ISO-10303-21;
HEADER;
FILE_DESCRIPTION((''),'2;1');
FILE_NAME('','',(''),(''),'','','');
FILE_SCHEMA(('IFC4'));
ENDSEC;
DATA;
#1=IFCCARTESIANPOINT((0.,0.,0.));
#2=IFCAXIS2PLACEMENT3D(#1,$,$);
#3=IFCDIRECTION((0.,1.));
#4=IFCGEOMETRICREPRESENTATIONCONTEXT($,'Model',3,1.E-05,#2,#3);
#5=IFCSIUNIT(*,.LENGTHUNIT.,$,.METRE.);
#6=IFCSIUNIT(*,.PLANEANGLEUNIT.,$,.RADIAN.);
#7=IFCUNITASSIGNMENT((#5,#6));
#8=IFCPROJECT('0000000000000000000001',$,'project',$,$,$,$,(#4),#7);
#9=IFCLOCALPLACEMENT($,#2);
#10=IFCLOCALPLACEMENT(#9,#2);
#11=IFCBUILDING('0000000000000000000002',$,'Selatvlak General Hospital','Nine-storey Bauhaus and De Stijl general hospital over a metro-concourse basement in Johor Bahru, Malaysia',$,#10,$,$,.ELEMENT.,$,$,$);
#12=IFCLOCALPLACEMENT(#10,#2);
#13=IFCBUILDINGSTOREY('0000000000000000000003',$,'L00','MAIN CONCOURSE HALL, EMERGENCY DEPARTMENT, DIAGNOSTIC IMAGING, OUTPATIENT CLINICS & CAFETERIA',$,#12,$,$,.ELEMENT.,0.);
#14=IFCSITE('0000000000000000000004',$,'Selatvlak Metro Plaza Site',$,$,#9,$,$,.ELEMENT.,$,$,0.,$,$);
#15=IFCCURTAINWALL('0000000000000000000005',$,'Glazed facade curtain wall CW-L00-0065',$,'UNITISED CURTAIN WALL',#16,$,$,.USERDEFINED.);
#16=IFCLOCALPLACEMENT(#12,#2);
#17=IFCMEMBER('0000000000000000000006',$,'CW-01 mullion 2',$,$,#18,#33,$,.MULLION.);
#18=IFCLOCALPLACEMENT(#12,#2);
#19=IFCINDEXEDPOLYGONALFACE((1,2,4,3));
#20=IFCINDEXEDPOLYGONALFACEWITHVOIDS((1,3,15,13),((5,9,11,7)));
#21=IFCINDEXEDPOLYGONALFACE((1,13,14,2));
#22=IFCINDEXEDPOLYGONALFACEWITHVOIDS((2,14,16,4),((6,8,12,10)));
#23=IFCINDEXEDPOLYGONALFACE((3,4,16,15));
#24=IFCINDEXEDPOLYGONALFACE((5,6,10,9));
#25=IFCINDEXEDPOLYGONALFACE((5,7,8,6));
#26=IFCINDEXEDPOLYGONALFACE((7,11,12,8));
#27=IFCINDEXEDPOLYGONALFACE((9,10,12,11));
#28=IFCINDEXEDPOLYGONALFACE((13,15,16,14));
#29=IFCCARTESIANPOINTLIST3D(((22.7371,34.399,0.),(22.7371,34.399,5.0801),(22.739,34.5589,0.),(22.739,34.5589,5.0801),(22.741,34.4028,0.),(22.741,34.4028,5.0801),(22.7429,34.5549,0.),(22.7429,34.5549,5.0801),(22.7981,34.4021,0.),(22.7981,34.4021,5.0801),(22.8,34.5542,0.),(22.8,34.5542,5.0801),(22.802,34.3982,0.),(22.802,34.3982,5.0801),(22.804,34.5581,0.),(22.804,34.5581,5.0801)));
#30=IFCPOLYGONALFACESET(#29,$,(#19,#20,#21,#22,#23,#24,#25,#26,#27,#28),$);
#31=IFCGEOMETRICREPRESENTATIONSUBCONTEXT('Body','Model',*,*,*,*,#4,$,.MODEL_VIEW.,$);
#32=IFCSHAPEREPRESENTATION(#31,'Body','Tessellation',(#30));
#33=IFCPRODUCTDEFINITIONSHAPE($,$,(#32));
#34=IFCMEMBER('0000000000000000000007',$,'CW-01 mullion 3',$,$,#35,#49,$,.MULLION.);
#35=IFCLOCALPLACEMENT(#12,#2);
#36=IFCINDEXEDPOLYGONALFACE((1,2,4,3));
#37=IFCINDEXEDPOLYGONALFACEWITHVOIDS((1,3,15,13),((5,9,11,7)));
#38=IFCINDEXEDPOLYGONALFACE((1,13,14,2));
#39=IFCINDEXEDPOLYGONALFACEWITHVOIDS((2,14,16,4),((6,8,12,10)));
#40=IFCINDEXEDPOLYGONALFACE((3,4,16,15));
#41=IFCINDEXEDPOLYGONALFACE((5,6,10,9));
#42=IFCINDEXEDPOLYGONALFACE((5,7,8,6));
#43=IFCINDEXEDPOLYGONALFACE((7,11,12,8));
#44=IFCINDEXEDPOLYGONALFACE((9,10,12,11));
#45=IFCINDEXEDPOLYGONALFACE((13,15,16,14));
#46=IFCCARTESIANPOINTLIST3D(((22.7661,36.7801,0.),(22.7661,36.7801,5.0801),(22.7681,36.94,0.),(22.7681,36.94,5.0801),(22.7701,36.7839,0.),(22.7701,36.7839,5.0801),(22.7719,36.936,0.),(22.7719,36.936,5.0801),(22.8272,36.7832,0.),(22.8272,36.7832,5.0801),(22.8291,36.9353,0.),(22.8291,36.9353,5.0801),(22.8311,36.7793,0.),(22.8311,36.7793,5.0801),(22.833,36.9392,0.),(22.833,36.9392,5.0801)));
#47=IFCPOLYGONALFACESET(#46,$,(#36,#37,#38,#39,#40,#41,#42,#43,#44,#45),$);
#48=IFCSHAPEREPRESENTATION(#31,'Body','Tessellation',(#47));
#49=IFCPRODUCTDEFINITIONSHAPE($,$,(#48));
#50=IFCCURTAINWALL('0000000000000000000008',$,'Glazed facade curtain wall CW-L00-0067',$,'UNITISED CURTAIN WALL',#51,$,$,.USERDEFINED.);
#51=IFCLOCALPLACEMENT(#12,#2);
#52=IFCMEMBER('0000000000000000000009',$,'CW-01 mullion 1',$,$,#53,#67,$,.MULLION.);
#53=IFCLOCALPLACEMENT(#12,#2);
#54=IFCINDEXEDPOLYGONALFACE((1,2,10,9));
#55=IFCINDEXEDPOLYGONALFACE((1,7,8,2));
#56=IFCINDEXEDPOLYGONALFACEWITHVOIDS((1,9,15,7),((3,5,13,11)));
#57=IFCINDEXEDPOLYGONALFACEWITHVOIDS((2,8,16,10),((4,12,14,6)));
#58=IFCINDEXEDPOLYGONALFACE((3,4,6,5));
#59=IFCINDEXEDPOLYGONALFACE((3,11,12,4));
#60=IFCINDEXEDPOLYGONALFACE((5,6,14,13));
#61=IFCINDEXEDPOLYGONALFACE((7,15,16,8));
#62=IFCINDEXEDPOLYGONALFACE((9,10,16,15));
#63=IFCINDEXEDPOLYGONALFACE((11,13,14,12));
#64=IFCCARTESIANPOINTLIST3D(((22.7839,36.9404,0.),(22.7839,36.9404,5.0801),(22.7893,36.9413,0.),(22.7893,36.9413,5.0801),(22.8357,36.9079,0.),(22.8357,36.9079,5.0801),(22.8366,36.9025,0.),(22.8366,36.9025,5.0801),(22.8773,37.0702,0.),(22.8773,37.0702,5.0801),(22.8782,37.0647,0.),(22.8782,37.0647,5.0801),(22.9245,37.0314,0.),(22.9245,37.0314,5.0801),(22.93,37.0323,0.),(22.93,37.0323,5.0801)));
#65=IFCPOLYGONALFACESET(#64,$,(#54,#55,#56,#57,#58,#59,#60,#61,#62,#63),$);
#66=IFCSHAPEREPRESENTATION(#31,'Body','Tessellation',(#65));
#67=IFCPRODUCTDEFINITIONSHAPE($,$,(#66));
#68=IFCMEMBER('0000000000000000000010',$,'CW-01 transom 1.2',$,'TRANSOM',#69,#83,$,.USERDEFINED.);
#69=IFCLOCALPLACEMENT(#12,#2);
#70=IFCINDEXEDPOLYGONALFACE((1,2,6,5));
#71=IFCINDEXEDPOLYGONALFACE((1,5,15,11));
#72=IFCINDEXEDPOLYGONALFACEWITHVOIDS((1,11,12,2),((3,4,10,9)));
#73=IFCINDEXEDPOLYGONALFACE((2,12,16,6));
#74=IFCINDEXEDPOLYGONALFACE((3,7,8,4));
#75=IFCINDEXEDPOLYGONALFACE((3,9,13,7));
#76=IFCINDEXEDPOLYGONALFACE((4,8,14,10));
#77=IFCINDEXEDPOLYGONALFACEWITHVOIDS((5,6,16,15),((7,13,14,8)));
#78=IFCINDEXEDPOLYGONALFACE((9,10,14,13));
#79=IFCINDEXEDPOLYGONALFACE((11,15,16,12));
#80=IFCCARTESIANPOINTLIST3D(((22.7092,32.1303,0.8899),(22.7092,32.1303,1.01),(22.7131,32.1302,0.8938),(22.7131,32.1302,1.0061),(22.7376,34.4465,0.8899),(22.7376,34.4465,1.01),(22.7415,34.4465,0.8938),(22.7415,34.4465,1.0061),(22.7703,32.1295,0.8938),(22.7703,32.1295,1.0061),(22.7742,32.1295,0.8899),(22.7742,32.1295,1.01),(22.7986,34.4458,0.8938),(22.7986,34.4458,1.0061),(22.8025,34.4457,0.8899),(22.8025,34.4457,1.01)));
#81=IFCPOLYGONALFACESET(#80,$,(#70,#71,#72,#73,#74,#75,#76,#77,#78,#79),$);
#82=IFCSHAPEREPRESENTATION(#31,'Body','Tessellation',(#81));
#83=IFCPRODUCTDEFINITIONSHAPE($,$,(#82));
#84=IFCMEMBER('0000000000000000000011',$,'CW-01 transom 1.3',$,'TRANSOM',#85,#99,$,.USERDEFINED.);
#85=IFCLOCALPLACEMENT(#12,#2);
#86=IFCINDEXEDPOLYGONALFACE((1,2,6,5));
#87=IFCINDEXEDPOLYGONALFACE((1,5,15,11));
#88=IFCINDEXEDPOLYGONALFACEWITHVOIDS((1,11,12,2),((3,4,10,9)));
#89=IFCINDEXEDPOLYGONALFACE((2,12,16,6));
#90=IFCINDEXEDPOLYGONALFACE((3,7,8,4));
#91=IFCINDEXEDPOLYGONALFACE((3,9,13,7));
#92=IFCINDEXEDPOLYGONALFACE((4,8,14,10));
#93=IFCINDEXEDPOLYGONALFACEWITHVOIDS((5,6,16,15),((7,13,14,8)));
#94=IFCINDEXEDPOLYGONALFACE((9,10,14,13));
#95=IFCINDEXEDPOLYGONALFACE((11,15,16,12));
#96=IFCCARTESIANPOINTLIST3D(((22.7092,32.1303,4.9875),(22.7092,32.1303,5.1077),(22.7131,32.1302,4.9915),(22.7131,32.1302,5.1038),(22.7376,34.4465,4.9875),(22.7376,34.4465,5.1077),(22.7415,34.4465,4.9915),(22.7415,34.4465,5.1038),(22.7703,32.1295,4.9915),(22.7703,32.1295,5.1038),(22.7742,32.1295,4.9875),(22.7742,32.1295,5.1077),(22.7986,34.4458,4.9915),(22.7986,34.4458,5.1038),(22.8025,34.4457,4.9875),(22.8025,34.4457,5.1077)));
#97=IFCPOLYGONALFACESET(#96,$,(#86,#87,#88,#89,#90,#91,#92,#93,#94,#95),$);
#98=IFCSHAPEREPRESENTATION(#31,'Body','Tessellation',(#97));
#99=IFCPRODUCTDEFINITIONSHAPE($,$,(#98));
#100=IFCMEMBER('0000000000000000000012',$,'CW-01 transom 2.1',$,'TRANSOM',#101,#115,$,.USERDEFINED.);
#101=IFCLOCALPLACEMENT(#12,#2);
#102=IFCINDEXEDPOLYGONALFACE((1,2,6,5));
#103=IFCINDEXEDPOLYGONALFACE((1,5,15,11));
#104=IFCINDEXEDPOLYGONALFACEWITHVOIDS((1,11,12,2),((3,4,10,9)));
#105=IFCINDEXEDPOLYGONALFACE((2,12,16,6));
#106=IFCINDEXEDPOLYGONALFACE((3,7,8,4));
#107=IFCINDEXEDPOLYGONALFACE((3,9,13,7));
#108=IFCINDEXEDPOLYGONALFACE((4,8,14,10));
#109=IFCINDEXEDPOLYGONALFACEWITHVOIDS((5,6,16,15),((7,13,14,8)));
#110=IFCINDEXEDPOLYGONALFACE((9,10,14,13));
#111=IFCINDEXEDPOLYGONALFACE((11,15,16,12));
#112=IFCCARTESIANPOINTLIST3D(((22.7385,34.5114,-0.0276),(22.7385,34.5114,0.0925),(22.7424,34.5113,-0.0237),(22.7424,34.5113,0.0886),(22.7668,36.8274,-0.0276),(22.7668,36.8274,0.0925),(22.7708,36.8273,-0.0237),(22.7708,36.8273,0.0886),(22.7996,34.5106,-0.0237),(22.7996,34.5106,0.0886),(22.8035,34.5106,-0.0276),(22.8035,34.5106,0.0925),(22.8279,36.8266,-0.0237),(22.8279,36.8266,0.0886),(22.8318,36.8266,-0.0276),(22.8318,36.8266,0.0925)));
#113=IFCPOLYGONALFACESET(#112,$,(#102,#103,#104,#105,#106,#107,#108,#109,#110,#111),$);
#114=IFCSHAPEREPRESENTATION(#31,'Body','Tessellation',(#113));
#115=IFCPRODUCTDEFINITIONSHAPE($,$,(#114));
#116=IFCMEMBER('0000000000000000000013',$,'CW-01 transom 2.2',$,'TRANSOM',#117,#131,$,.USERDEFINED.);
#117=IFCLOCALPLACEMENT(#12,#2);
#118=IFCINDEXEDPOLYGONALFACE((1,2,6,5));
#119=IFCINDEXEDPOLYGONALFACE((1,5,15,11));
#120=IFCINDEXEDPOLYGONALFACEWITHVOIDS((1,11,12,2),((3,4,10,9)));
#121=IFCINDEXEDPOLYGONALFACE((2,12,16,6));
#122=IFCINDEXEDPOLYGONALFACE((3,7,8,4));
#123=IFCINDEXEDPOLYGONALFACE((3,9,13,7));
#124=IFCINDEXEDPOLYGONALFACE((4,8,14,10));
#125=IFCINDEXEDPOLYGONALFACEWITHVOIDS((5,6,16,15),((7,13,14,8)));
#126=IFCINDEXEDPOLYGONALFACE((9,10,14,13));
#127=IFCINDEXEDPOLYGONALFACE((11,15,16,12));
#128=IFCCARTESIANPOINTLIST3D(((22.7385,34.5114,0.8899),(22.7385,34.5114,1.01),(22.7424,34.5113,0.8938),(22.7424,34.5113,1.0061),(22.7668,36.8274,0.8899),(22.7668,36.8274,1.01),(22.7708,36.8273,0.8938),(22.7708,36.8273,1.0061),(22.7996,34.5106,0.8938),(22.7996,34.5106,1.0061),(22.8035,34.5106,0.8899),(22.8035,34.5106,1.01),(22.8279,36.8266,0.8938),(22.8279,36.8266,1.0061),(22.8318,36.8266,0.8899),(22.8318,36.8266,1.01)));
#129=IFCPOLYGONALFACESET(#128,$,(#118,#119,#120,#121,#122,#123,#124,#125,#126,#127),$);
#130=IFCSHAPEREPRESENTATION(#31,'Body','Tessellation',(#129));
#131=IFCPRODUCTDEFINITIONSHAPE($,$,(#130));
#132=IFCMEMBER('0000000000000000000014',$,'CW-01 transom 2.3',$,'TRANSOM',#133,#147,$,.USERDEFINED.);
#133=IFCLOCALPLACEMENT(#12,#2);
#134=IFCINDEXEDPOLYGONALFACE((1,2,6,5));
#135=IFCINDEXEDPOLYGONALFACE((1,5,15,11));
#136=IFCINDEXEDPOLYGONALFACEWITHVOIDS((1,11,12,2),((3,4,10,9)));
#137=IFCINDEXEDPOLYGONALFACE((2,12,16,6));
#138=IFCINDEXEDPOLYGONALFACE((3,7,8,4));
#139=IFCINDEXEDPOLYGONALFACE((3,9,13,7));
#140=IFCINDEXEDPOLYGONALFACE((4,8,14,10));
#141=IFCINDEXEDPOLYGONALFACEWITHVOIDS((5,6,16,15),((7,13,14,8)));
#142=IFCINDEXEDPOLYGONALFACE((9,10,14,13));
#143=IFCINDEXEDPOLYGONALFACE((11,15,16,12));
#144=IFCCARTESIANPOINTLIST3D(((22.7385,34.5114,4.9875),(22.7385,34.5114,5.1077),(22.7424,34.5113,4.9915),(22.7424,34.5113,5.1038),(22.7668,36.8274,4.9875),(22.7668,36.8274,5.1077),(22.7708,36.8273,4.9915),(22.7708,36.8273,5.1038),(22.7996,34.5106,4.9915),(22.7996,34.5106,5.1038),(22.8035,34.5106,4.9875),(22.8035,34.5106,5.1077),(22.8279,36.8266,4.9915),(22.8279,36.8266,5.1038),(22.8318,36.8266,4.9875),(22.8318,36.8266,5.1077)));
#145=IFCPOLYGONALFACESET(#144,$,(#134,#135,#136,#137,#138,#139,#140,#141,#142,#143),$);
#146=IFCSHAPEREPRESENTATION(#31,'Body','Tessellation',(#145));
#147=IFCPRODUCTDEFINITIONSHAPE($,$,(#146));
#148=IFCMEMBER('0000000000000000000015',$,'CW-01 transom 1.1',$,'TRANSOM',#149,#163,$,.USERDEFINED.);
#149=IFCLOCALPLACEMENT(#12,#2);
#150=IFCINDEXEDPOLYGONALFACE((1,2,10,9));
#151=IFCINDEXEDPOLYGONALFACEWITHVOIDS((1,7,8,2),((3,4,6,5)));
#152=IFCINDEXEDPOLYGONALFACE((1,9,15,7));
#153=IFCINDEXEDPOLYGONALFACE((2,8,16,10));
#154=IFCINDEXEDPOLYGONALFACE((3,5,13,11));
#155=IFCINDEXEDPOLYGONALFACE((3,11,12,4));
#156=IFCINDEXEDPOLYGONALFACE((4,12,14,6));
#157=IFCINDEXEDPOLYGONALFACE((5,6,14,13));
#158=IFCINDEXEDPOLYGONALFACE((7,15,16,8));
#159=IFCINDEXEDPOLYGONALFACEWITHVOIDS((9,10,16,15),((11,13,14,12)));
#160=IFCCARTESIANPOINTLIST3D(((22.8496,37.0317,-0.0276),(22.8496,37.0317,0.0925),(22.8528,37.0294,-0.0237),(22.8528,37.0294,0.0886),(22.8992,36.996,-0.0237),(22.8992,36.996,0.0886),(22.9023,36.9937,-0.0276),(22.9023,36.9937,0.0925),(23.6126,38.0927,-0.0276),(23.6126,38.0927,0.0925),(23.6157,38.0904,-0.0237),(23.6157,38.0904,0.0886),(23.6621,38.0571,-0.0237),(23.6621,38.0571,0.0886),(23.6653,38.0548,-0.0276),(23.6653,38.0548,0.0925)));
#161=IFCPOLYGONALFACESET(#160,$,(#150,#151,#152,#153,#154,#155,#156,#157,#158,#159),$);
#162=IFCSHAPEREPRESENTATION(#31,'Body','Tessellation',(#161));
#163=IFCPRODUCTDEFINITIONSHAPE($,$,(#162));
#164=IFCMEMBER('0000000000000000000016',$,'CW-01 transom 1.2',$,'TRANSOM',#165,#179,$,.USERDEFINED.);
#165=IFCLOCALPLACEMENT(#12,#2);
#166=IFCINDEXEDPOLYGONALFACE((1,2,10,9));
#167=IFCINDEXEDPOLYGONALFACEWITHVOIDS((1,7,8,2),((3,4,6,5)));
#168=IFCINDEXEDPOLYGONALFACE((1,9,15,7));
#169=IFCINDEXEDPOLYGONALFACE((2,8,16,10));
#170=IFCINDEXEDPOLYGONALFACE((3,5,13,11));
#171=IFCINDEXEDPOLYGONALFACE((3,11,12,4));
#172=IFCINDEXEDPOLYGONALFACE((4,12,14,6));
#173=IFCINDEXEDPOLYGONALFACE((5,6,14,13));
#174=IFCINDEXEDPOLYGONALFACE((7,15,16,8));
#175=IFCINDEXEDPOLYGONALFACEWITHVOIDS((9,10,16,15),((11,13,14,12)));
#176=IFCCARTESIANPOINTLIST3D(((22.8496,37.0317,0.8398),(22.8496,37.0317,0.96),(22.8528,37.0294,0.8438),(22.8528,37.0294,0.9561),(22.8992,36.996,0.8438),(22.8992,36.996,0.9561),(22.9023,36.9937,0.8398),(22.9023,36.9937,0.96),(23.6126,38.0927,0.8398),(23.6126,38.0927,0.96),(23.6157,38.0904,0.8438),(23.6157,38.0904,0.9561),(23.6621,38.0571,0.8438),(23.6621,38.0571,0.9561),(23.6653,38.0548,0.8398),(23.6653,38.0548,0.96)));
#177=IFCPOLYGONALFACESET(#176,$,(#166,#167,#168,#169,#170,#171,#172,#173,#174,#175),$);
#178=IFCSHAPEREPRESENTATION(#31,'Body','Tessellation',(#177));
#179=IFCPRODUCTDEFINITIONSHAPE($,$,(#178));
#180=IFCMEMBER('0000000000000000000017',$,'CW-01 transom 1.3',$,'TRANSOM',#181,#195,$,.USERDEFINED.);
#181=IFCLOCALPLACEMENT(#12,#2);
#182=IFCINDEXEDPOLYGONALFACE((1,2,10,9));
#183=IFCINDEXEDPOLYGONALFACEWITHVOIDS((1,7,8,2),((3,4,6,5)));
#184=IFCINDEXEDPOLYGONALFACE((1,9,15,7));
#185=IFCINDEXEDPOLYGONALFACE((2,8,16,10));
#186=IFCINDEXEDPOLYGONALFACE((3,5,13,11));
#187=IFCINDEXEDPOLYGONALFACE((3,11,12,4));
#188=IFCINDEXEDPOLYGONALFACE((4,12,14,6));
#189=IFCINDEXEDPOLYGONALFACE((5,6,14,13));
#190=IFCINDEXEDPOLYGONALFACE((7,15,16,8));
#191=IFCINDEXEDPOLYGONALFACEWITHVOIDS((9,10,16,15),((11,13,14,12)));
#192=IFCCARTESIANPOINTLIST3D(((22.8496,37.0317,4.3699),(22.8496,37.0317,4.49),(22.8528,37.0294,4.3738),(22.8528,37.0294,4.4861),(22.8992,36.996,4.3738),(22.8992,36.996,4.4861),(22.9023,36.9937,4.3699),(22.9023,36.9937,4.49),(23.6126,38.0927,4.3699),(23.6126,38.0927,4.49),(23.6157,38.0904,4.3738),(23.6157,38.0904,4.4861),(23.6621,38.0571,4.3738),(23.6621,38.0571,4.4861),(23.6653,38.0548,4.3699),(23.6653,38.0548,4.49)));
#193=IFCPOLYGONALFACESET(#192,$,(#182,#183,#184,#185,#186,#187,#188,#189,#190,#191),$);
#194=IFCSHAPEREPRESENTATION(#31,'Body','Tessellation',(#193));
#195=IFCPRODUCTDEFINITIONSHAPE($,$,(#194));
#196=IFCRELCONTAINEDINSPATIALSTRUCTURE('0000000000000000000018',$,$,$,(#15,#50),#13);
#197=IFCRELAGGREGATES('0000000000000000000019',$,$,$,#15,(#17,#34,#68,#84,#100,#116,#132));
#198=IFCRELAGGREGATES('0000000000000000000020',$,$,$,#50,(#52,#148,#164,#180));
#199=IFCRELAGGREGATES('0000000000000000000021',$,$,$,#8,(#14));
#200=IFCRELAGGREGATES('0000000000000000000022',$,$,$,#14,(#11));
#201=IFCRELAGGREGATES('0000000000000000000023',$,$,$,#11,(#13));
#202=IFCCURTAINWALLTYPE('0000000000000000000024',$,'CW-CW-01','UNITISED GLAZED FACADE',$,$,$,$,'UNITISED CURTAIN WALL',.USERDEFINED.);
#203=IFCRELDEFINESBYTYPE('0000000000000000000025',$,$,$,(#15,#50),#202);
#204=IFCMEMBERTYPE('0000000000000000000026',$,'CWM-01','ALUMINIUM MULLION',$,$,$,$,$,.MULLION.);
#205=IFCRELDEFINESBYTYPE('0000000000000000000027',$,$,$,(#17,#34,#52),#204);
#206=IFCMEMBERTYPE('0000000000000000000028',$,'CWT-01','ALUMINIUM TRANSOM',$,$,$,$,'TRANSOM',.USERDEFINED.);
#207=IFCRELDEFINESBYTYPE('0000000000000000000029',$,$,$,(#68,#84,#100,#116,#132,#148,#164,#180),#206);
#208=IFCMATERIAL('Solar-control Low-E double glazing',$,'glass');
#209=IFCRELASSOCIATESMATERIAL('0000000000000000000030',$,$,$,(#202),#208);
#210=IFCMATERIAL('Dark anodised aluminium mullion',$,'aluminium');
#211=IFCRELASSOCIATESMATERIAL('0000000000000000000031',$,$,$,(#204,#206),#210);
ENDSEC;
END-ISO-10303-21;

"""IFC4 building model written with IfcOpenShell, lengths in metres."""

from ifc_helpers import new_model, si_unit, direction, frame, origin, origin_2d, place, context, subcontext, project, spatial, hollow_rectangle, extrude, material, material_profile, profile_set, type_object, element, aggregate, save


model = new_model("IFC4")

# Units and contexts
model_context = context("Model", 3, precision=1e-05, world=origin(), true_north=direction((0.0, 1.0)))
body_context = subcontext(model_context, "Body", "Model", "MODEL_VIEW")
ifc_project = project(units=[si_unit("LENGTHUNIT", "METRE"), si_unit("PLANEANGLEUNIT", "RADIAN")], contexts=[model_context])

# Site, building, storey
site_placement = place(None, origin())
site = spatial("IfcSite", under=ifc_project, at=site_placement, Name="Selatvlak Metro Plaza Site", CompositionType="ELEMENT", RefElevation=0.0)
building_placement = place(site_placement, origin())
building = spatial("IfcBuilding", under=site, at=building_placement, Name="Selatvlak General Hospital", Description="Nine-storey Bauhaus and De Stijl general hospital over a metro-concourse basement in Johor Bahru, Malaysia", CompositionType="ELEMENT")
storey_placement = place(building_placement, origin())
storey = spatial("IfcBuildingStorey", under=building, at=storey_placement, Name="L00", Description="MAIN CONCOURSE HALL, EMERGENCY DEPARTMENT, DIAGNOSTIC IMAGING, OUTPATIENT CLINICS & CAFETERIA", CompositionType="ELEMENT", Elevation=0.0)

# Curtain wall, members
ifc_material_1 = material(Name="Solar-control Low-E double glazing", Category="glass")
curtain_wall_type = type_object("IfcCurtainWallType", Name="CW-CW-01", Description="UNITISED GLAZED FACADE", ElementType="UNITISED CURTAIN WALL", PredefinedType="USERDEFINED", material=ifc_material_1)
curtain_wall_1_placement = place(storey_placement, origin())
curtain_wall_1 = element("IfcCurtainWall", 1, at=curtain_wall_1_placement, inside=storey, type_object=curtain_wall_type, Name="Glazed facade curtain wall CW-L00-0065", ObjectType="UNITISED CURTAIN WALL", PredefinedType="USERDEFINED")
ifc_material_2 = material(Name="Dark anodised aluminium mullion", Category="aluminium")
ifc_material_profile_1 = material_profile(ifc_material_2, hollow_rectangle(XDim=0.0649, YDim=0.1599, WallThickness=0.0039, at=origin_2d()), Name="AL-MUL 65x160x4")
ifc_profile_set_1 = profile_set([ifc_material_profile_1], Name="Dark anodised aluminium mullion")
member_type_1 = type_object("IfcMemberType", Name="CWM-01", Description="ALUMINIUM MULLION", PredefinedType="MULLION", material=ifc_profile_set_1)
member_1_placement = place(storey_placement, frame((22.7705, 34.4785, 0.0), z_axis=(0.0, 0.0, 1.0), x_axis=(-0.999925, 0.012222, 0.0)))
member_1 = element("IfcMember", 2, at=member_1_placement, type_object=member_type_1, Name="CW-01 mullion 2", PredefinedType="MULLION", context=body_context, shape_type="SweptSolid", body=[
    extrude(hollow_rectangle(XDim=0.0649, YDim=0.1599, WallThickness=0.0039, at=origin_2d()), origin(), (0.0, 0.0, 1.0), 5.0801),
])
member_2_placement = place(storey_placement, frame((22.7996, 36.8596, 0.0), z_axis=(0.0, 0.0, 1.0), x_axis=(-0.999925, 0.012222, 0.0)))
member_2 = element("IfcMember", 3, at=member_2_placement, type_object=member_type_1, Name="CW-01 mullion 3", PredefinedType="MULLION", context=body_context, shape_type="SweptSolid", body=[
    extrude(hollow_rectangle(XDim=0.0649, YDim=0.1599, WallThickness=0.0039, at=origin_2d()), origin(), (0.0, 0.0, 1.0), 5.0801),
])

# Curtain wall, member
curtain_wall_2_placement = place(storey_placement, origin())
curtain_wall_2 = element("IfcCurtainWall", 4, at=curtain_wall_2_placement, inside=storey, type_object=curtain_wall_type, Name="Glazed facade curtain wall CW-L00-0067", ObjectType="UNITISED CURTAIN WALL", PredefinedType="USERDEFINED")
member_3_placement = place(storey_placement, frame((22.8569, 36.9863, 0.0), z_axis=(0.0, 0.0, 1.0), x_axis=(-0.811804, 0.583929, 0.0)))
member_3 = element("IfcMember", 5, at=member_3_placement, type_object=member_type_1, Name="CW-01 mullion 1", PredefinedType="MULLION", context=body_context, shape_type="SweptSolid", body=[
    extrude(hollow_rectangle(XDim=0.0649, YDim=0.1599, WallThickness=0.0039, at=origin_2d()), origin(), (0.0, 0.0, 1.0), 5.0801),
])

# Members
ifc_material_profile_2 = material_profile(ifc_material_2, hollow_rectangle(XDim=0.0649, YDim=0.1201, WallThickness=0.0039, at=origin_2d()), Name="AL-TRN 65x120x4")
ifc_profile_set_2 = profile_set([ifc_material_profile_2], Name="Dark anodised aluminium mullion")
member_type_2 = type_object("IfcMemberType", Name="CWT-01", Description="ALUMINIUM TRANSOM", ElementType="TRANSOM", PredefinedType="USERDEFINED", material=ifc_profile_set_2)
member_4_placement = place(storey_placement, frame((22.7417, 32.1299, 0.95), z_axis=(0.012226, 0.999925, 0.0), x_axis=(-0.999925, 0.012226, 0.0)))
member_4 = element("IfcMember", 6, at=member_4_placement, type_object=member_type_2, Name="CW-01 transom 1.2", ObjectType="TRANSOM", PredefinedType="USERDEFINED", context=body_context, shape_type="SweptSolid", body=[
    extrude(hollow_rectangle(XDim=0.0649, YDim=0.1201, WallThickness=0.0039, at=origin_2d()), origin(), (0.0, 0.0, 1.0), 2.3164),
])
member_5_placement = place(storey_placement, frame((22.7417, 32.1299, 5.0476), z_axis=(0.012226, 0.999925, 0.0), x_axis=(-0.999925, 0.012226, 0.0)))
member_5 = element("IfcMember", 7, at=member_5_placement, type_object=member_type_2, Name="CW-01 transom 1.3", ObjectType="TRANSOM", PredefinedType="USERDEFINED", context=body_context, shape_type="SweptSolid", body=[
    extrude(hollow_rectangle(XDim=0.0649, YDim=0.1201, WallThickness=0.0039, at=origin_2d()), origin(), (0.0, 0.0, 1.0), 2.3164),
])
member_6_placement = place(storey_placement, frame((22.771, 34.511, 0.0325), z_axis=(0.012228, 0.999925, 0.0), x_axis=(-0.999925, 0.012228, 0.0)))
member_6 = element("IfcMember", 8, at=member_6_placement, type_object=member_type_2, Name="CW-01 transom 2.1", ObjectType="TRANSOM", PredefinedType="USERDEFINED", context=body_context, shape_type="SweptSolid", body=[
    extrude(hollow_rectangle(XDim=0.0649, YDim=0.1201, WallThickness=0.0039, at=origin_2d()), origin(), (0.0, 0.0, 1.0), 2.3162),
])
member_7_placement = place(storey_placement, frame((22.771, 34.511, 0.95), z_axis=(0.012228, 0.999925, 0.0), x_axis=(-0.999925, 0.012228, 0.0)))
member_7 = element("IfcMember", 9, at=member_7_placement, type_object=member_type_2, Name="CW-01 transom 2.2", ObjectType="TRANSOM", PredefinedType="USERDEFINED", context=body_context, shape_type="SweptSolid", body=[
    extrude(hollow_rectangle(XDim=0.0649, YDim=0.1201, WallThickness=0.0039, at=origin_2d()), origin(), (0.0, 0.0, 1.0), 2.3162),
])
member_8_placement = place(storey_placement, frame((22.771, 34.511, 5.0476), z_axis=(0.012228, 0.999925, 0.0), x_axis=(-0.999925, 0.012228, 0.0)))
member_8 = element("IfcMember", 10, at=member_8_placement, type_object=member_type_2, Name="CW-01 transom 2.3", ObjectType="TRANSOM", PredefinedType="USERDEFINED", context=body_context, shape_type="SweptSolid", body=[
    extrude(hollow_rectangle(XDim=0.0649, YDim=0.1201, WallThickness=0.0039, at=origin_2d()), origin(), (0.0, 0.0, 1.0), 2.3162),
])
member_9_placement = place(storey_placement, frame((22.876, 37.0127, 0.0325), z_axis=(0.583798, 0.811899, 0.0), x_axis=(-0.811899, 0.583798, 0.0)))
member_9 = element("IfcMember", 11, at=member_9_placement, type_object=member_type_2, Name="CW-01 transom 1.1", ObjectType="TRANSOM", PredefinedType="USERDEFINED", context=body_context, shape_type="SweptSolid", body=[
    extrude(hollow_rectangle(XDim=0.0649, YDim=0.1201, WallThickness=0.0039, at=origin_2d()), origin(), (0.0, 0.0, 1.0), 1.3069),
])
member_10_placement = place(storey_placement, frame((22.876, 37.0127, 0.8999), z_axis=(0.583798, 0.811899, 0.0), x_axis=(-0.811899, 0.583798, 0.0)))
member_10 = element("IfcMember", 12, at=member_10_placement, type_object=member_type_2, Name="CW-01 transom 1.2", ObjectType="TRANSOM", PredefinedType="USERDEFINED", context=body_context, shape_type="SweptSolid", body=[
    extrude(hollow_rectangle(XDim=0.0649, YDim=0.1201, WallThickness=0.0039, at=origin_2d()), origin(), (0.0, 0.0, 1.0), 1.3069),
])
member_11_placement = place(storey_placement, frame((22.876, 37.0127, 4.4299), z_axis=(0.583798, 0.811899, 0.0), x_axis=(-0.811899, 0.583798, 0.0)))
member_11 = element("IfcMember", 13, at=member_11_placement, type_object=member_type_2, Name="CW-01 transom 1.3", ObjectType="TRANSOM", PredefinedType="USERDEFINED", context=body_context, shape_type="SweptSolid", body=[
    extrude(hollow_rectangle(XDim=0.0649, YDim=0.1201, WallThickness=0.0039, at=origin_2d()), origin(), (0.0, 0.0, 1.0), 1.3069),
])

aggregate(curtain_wall_1, [member_1, member_2, member_4, member_5, member_6, member_7, member_8])
aggregate(curtain_wall_2, [member_3, member_9, member_10, member_11])

save(model, "model.ifc")
